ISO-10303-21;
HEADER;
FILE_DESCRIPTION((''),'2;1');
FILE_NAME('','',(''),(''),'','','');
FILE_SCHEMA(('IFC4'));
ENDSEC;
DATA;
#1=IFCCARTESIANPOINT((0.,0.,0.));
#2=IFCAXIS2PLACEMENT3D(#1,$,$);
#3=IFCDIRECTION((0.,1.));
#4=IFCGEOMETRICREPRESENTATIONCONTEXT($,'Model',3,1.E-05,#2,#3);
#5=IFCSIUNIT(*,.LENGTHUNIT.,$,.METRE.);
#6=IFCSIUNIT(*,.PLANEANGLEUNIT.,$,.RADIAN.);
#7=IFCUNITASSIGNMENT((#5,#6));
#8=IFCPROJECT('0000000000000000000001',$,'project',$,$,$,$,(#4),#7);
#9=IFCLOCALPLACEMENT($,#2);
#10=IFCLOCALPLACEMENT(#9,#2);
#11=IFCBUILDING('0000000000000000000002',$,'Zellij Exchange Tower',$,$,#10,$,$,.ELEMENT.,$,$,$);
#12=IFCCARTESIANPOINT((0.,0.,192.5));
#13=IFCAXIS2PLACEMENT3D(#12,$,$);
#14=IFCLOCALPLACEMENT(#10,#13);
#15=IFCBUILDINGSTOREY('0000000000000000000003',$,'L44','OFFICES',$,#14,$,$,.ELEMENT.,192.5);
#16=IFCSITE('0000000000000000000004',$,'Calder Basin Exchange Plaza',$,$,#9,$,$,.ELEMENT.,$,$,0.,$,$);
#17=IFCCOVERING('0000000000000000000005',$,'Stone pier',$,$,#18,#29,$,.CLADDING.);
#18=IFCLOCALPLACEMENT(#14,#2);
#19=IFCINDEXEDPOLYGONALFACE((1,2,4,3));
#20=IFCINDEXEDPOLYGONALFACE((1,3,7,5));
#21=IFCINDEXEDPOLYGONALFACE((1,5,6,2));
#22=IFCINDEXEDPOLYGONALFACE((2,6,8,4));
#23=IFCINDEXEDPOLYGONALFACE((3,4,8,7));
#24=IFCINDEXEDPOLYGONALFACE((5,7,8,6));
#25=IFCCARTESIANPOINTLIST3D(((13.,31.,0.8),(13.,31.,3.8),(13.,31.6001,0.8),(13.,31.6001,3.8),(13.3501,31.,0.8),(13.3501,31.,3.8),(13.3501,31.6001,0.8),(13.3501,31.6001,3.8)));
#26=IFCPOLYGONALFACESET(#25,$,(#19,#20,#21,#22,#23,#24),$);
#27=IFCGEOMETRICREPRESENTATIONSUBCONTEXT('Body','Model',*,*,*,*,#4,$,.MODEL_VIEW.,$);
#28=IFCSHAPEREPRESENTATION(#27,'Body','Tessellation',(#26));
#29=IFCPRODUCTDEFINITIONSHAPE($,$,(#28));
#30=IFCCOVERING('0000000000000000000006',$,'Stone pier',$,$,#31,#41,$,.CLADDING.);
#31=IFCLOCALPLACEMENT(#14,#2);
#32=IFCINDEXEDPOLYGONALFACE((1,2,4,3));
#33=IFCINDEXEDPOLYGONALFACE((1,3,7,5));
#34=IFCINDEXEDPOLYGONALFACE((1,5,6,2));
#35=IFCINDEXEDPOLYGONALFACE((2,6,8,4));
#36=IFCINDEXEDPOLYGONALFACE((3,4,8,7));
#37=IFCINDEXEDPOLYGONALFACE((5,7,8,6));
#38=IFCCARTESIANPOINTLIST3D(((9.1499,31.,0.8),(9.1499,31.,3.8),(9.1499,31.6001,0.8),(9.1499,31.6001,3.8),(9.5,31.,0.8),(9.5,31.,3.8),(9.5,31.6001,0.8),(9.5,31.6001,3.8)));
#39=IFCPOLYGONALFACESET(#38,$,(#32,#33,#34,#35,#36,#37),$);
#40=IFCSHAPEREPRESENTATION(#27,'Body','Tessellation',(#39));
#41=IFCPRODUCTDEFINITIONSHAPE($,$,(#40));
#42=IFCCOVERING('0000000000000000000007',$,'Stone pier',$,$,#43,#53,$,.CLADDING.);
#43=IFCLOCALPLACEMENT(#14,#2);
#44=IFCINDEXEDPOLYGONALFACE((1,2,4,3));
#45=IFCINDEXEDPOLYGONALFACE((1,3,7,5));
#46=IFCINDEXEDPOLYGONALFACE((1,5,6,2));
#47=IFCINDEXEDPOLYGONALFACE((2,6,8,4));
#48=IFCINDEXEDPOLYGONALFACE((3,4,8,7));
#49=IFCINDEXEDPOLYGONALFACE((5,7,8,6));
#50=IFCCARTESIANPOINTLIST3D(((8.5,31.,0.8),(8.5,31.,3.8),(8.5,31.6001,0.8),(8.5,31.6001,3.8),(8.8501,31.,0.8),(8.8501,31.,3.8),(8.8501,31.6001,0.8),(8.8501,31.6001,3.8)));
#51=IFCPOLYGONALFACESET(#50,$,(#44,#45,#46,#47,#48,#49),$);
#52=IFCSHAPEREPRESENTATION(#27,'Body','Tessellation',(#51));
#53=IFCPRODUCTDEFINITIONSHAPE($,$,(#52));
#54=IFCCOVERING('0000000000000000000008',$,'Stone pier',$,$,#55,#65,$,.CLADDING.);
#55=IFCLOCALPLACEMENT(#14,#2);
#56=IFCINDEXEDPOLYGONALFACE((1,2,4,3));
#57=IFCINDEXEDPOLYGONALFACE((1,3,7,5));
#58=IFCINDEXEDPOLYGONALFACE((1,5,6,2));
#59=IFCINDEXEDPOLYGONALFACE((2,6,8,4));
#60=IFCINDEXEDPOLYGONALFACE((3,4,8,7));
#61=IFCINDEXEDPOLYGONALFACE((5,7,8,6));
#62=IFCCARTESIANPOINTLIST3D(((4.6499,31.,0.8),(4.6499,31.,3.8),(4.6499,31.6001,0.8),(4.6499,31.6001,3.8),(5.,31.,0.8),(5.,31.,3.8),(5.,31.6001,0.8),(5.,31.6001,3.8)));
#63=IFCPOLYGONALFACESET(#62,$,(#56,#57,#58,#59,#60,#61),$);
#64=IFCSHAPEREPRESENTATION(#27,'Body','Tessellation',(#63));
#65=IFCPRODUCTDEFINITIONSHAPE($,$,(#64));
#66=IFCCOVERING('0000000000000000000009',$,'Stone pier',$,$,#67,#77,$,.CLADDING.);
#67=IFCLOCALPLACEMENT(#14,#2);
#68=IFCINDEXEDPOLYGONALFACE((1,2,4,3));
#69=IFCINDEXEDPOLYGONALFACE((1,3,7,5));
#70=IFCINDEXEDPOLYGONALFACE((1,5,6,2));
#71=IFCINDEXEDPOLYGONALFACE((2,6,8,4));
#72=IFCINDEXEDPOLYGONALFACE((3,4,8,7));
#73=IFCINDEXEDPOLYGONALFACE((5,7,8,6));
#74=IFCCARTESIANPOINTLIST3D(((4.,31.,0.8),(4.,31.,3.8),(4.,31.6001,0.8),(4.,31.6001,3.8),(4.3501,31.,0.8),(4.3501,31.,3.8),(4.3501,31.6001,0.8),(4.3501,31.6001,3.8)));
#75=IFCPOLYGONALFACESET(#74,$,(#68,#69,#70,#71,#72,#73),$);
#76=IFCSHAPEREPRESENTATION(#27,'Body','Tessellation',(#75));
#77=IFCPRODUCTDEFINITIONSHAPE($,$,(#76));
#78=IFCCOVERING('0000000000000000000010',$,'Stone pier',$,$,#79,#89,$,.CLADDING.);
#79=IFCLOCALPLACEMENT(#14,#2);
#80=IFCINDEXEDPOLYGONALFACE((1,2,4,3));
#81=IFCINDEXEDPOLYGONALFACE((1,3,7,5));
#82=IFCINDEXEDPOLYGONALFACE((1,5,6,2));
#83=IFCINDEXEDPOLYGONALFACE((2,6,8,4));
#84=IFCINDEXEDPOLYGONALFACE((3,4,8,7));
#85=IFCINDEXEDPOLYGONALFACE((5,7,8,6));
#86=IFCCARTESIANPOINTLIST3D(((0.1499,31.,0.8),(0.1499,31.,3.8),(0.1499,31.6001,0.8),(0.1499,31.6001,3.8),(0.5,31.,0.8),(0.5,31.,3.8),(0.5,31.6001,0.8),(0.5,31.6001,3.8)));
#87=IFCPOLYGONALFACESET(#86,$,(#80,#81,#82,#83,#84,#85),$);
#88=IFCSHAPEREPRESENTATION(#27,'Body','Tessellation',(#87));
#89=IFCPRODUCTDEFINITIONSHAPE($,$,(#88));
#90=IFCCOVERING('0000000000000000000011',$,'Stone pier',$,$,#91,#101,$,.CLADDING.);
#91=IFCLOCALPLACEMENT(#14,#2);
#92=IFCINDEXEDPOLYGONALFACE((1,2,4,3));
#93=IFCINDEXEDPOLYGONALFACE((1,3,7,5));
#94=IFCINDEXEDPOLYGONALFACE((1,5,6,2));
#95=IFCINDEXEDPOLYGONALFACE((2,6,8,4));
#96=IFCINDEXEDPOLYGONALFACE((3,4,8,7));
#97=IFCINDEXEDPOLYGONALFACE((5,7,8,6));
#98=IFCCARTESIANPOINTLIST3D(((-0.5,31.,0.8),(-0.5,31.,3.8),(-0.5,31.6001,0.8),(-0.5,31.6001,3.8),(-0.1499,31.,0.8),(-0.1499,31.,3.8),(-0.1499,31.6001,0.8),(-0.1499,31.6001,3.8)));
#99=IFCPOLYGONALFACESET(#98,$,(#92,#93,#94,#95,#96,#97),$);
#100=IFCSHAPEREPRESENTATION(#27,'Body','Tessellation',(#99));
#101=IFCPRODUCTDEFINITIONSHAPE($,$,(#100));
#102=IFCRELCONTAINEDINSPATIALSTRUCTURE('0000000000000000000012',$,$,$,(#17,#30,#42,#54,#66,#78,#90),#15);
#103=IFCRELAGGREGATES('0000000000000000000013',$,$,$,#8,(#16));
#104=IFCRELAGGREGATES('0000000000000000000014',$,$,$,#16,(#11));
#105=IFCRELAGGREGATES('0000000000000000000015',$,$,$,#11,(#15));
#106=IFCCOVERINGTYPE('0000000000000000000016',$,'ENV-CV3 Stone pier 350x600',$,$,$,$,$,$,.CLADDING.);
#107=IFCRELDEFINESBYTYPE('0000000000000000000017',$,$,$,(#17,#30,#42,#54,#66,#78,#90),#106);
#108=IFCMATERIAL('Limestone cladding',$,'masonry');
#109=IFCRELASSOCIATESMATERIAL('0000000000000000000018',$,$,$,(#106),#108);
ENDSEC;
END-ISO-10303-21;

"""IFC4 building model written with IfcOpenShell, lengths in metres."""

from ifc_helpers import new_model, si_unit, direction, frame, origin, place, context, subcontext, project, spatial, polyline, outline, extrude, material, type_object, element, save


model = new_model("IFC4")

# Units and contexts
model_context = context("Model", 3, precision=1e-05, world=origin(), true_north=direction((0.0, 1.0)))
body_context = subcontext(model_context, "Body", "Model", "MODEL_VIEW")
ifc_project = project(units=[si_unit("LENGTHUNIT", "METRE"), si_unit("PLANEANGLEUNIT", "RADIAN")], contexts=[model_context])

# Site, building, storey
site_placement = place(None, origin())
site = spatial("IfcSite", under=ifc_project, at=site_placement, Name="Calder Basin Exchange Plaza", CompositionType="ELEMENT", RefElevation=0.0)
building_placement = place(site_placement, origin())
building = spatial("IfcBuilding", under=site, at=building_placement, Name="Zellij Exchange Tower", CompositionType="ELEMENT")
storey_placement = place(building_placement, frame((0.0, 0.0, 192.5)))
storey = spatial("IfcBuildingStorey", under=building, at=storey_placement, Name="L44", Description="OFFICES", CompositionType="ELEMENT", Elevation=192.5)

# Coverings
ifc_material = material(Name="Limestone cladding", Category="masonry")
covering_type = type_object("IfcCoveringType", Name="ENV-CV3 Stone pier 350x600", PredefinedType="CLADDING", material=ifc_material)
covering_1_placement = place(storey_placement, frame((0.0, 0.0, 0.8)))
element("IfcCovering", 1, at=covering_1_placement, inside=storey, type_object=covering_type, Name="Stone pier", PredefinedType="CLADDING", context=body_context, shape_type="SweptSolid", body=[
    extrude(outline(polyline([(13.3501, 31.0), (13.0, 31.0), (13.0, 31.6001), (13.3501, 31.6001), (13.3501, 31.0)])), origin(), (0.0, 0.0, 1.0), 3.0),
])
covering_2_placement = place(storey_placement, frame((0.0, 0.0, 0.8)))
element("IfcCovering", 2, at=covering_2_placement, inside=storey, type_object=covering_type, Name="Stone pier", PredefinedType="CLADDING", context=body_context, shape_type="SweptSolid", body=[
    extrude(outline(polyline([(9.5, 31.0), (9.1499, 31.0), (9.1499, 31.6001), (9.5, 31.6001), (9.5, 31.0)])), origin(), (0.0, 0.0, 1.0), 3.0),
])
covering_3_placement = place(storey_placement, frame((0.0, 0.0, 0.8)))
element("IfcCovering", 3, at=covering_3_placement, inside=storey, type_object=covering_type, Name="Stone pier", PredefinedType="CLADDING", context=body_context, shape_type="SweptSolid", body=[
    extrude(outline(polyline([(8.8501, 31.0), (8.5, 31.0), (8.5, 31.6001), (8.8501, 31.6001), (8.8501, 31.0)])), origin(), (0.0, 0.0, 1.0), 3.0),
])
covering_4_placement = place(storey_placement, frame((0.0, 0.0, 0.8)))
element("IfcCovering", 4, at=covering_4_placement, inside=storey, type_object=covering_type, Name="Stone pier", PredefinedType="CLADDING", context=body_context, shape_type="SweptSolid", body=[
    extrude(outline(polyline([(5.0, 31.0), (4.6499, 31.0), (4.6499, 31.6001), (5.0, 31.6001), (5.0, 31.0)])), origin(), (0.0, 0.0, 1.0), 3.0),
])
covering_5_placement = place(storey_placement, frame((0.0, 0.0, 0.8)))
element("IfcCovering", 5, at=covering_5_placement, inside=storey, type_object=covering_type, Name="Stone pier", PredefinedType="CLADDING", context=body_context, shape_type="SweptSolid", body=[
    extrude(outline(polyline([(4.3501, 31.0), (4.0, 31.0), (4.0, 31.6001), (4.3501, 31.6001), (4.3501, 31.0)])), origin(), (0.0, 0.0, 1.0), 3.0),
])
covering_6_placement = place(storey_placement, frame((0.0, 0.0, 0.8)))
element("IfcCovering", 6, at=covering_6_placement, inside=storey, type_object=covering_type, Name="Stone pier", PredefinedType="CLADDING", context=body_context, shape_type="SweptSolid", body=[
    extrude(outline(polyline([(0.5, 31.0), (0.1499, 31.0), (0.1499, 31.6001), (0.5, 31.6001), (0.5, 31.0)])), origin(), (0.0, 0.0, 1.0), 3.0),
])
covering_7_placement = place(storey_placement, frame((0.0, 0.0, 0.8)))
element("IfcCovering", 7, at=covering_7_placement, inside=storey, type_object=covering_type, Name="Stone pier", PredefinedType="CLADDING", context=body_context, shape_type="SweptSolid", body=[
    extrude(outline(polyline([(-0.1499, 31.0), (-0.5, 31.0), (-0.5, 31.6001), (-0.1499, 31.6001), (-0.1499, 31.0)])), origin(), (0.0, 0.0, 1.0), 3.0),
])

save(model, "model.ifc")
